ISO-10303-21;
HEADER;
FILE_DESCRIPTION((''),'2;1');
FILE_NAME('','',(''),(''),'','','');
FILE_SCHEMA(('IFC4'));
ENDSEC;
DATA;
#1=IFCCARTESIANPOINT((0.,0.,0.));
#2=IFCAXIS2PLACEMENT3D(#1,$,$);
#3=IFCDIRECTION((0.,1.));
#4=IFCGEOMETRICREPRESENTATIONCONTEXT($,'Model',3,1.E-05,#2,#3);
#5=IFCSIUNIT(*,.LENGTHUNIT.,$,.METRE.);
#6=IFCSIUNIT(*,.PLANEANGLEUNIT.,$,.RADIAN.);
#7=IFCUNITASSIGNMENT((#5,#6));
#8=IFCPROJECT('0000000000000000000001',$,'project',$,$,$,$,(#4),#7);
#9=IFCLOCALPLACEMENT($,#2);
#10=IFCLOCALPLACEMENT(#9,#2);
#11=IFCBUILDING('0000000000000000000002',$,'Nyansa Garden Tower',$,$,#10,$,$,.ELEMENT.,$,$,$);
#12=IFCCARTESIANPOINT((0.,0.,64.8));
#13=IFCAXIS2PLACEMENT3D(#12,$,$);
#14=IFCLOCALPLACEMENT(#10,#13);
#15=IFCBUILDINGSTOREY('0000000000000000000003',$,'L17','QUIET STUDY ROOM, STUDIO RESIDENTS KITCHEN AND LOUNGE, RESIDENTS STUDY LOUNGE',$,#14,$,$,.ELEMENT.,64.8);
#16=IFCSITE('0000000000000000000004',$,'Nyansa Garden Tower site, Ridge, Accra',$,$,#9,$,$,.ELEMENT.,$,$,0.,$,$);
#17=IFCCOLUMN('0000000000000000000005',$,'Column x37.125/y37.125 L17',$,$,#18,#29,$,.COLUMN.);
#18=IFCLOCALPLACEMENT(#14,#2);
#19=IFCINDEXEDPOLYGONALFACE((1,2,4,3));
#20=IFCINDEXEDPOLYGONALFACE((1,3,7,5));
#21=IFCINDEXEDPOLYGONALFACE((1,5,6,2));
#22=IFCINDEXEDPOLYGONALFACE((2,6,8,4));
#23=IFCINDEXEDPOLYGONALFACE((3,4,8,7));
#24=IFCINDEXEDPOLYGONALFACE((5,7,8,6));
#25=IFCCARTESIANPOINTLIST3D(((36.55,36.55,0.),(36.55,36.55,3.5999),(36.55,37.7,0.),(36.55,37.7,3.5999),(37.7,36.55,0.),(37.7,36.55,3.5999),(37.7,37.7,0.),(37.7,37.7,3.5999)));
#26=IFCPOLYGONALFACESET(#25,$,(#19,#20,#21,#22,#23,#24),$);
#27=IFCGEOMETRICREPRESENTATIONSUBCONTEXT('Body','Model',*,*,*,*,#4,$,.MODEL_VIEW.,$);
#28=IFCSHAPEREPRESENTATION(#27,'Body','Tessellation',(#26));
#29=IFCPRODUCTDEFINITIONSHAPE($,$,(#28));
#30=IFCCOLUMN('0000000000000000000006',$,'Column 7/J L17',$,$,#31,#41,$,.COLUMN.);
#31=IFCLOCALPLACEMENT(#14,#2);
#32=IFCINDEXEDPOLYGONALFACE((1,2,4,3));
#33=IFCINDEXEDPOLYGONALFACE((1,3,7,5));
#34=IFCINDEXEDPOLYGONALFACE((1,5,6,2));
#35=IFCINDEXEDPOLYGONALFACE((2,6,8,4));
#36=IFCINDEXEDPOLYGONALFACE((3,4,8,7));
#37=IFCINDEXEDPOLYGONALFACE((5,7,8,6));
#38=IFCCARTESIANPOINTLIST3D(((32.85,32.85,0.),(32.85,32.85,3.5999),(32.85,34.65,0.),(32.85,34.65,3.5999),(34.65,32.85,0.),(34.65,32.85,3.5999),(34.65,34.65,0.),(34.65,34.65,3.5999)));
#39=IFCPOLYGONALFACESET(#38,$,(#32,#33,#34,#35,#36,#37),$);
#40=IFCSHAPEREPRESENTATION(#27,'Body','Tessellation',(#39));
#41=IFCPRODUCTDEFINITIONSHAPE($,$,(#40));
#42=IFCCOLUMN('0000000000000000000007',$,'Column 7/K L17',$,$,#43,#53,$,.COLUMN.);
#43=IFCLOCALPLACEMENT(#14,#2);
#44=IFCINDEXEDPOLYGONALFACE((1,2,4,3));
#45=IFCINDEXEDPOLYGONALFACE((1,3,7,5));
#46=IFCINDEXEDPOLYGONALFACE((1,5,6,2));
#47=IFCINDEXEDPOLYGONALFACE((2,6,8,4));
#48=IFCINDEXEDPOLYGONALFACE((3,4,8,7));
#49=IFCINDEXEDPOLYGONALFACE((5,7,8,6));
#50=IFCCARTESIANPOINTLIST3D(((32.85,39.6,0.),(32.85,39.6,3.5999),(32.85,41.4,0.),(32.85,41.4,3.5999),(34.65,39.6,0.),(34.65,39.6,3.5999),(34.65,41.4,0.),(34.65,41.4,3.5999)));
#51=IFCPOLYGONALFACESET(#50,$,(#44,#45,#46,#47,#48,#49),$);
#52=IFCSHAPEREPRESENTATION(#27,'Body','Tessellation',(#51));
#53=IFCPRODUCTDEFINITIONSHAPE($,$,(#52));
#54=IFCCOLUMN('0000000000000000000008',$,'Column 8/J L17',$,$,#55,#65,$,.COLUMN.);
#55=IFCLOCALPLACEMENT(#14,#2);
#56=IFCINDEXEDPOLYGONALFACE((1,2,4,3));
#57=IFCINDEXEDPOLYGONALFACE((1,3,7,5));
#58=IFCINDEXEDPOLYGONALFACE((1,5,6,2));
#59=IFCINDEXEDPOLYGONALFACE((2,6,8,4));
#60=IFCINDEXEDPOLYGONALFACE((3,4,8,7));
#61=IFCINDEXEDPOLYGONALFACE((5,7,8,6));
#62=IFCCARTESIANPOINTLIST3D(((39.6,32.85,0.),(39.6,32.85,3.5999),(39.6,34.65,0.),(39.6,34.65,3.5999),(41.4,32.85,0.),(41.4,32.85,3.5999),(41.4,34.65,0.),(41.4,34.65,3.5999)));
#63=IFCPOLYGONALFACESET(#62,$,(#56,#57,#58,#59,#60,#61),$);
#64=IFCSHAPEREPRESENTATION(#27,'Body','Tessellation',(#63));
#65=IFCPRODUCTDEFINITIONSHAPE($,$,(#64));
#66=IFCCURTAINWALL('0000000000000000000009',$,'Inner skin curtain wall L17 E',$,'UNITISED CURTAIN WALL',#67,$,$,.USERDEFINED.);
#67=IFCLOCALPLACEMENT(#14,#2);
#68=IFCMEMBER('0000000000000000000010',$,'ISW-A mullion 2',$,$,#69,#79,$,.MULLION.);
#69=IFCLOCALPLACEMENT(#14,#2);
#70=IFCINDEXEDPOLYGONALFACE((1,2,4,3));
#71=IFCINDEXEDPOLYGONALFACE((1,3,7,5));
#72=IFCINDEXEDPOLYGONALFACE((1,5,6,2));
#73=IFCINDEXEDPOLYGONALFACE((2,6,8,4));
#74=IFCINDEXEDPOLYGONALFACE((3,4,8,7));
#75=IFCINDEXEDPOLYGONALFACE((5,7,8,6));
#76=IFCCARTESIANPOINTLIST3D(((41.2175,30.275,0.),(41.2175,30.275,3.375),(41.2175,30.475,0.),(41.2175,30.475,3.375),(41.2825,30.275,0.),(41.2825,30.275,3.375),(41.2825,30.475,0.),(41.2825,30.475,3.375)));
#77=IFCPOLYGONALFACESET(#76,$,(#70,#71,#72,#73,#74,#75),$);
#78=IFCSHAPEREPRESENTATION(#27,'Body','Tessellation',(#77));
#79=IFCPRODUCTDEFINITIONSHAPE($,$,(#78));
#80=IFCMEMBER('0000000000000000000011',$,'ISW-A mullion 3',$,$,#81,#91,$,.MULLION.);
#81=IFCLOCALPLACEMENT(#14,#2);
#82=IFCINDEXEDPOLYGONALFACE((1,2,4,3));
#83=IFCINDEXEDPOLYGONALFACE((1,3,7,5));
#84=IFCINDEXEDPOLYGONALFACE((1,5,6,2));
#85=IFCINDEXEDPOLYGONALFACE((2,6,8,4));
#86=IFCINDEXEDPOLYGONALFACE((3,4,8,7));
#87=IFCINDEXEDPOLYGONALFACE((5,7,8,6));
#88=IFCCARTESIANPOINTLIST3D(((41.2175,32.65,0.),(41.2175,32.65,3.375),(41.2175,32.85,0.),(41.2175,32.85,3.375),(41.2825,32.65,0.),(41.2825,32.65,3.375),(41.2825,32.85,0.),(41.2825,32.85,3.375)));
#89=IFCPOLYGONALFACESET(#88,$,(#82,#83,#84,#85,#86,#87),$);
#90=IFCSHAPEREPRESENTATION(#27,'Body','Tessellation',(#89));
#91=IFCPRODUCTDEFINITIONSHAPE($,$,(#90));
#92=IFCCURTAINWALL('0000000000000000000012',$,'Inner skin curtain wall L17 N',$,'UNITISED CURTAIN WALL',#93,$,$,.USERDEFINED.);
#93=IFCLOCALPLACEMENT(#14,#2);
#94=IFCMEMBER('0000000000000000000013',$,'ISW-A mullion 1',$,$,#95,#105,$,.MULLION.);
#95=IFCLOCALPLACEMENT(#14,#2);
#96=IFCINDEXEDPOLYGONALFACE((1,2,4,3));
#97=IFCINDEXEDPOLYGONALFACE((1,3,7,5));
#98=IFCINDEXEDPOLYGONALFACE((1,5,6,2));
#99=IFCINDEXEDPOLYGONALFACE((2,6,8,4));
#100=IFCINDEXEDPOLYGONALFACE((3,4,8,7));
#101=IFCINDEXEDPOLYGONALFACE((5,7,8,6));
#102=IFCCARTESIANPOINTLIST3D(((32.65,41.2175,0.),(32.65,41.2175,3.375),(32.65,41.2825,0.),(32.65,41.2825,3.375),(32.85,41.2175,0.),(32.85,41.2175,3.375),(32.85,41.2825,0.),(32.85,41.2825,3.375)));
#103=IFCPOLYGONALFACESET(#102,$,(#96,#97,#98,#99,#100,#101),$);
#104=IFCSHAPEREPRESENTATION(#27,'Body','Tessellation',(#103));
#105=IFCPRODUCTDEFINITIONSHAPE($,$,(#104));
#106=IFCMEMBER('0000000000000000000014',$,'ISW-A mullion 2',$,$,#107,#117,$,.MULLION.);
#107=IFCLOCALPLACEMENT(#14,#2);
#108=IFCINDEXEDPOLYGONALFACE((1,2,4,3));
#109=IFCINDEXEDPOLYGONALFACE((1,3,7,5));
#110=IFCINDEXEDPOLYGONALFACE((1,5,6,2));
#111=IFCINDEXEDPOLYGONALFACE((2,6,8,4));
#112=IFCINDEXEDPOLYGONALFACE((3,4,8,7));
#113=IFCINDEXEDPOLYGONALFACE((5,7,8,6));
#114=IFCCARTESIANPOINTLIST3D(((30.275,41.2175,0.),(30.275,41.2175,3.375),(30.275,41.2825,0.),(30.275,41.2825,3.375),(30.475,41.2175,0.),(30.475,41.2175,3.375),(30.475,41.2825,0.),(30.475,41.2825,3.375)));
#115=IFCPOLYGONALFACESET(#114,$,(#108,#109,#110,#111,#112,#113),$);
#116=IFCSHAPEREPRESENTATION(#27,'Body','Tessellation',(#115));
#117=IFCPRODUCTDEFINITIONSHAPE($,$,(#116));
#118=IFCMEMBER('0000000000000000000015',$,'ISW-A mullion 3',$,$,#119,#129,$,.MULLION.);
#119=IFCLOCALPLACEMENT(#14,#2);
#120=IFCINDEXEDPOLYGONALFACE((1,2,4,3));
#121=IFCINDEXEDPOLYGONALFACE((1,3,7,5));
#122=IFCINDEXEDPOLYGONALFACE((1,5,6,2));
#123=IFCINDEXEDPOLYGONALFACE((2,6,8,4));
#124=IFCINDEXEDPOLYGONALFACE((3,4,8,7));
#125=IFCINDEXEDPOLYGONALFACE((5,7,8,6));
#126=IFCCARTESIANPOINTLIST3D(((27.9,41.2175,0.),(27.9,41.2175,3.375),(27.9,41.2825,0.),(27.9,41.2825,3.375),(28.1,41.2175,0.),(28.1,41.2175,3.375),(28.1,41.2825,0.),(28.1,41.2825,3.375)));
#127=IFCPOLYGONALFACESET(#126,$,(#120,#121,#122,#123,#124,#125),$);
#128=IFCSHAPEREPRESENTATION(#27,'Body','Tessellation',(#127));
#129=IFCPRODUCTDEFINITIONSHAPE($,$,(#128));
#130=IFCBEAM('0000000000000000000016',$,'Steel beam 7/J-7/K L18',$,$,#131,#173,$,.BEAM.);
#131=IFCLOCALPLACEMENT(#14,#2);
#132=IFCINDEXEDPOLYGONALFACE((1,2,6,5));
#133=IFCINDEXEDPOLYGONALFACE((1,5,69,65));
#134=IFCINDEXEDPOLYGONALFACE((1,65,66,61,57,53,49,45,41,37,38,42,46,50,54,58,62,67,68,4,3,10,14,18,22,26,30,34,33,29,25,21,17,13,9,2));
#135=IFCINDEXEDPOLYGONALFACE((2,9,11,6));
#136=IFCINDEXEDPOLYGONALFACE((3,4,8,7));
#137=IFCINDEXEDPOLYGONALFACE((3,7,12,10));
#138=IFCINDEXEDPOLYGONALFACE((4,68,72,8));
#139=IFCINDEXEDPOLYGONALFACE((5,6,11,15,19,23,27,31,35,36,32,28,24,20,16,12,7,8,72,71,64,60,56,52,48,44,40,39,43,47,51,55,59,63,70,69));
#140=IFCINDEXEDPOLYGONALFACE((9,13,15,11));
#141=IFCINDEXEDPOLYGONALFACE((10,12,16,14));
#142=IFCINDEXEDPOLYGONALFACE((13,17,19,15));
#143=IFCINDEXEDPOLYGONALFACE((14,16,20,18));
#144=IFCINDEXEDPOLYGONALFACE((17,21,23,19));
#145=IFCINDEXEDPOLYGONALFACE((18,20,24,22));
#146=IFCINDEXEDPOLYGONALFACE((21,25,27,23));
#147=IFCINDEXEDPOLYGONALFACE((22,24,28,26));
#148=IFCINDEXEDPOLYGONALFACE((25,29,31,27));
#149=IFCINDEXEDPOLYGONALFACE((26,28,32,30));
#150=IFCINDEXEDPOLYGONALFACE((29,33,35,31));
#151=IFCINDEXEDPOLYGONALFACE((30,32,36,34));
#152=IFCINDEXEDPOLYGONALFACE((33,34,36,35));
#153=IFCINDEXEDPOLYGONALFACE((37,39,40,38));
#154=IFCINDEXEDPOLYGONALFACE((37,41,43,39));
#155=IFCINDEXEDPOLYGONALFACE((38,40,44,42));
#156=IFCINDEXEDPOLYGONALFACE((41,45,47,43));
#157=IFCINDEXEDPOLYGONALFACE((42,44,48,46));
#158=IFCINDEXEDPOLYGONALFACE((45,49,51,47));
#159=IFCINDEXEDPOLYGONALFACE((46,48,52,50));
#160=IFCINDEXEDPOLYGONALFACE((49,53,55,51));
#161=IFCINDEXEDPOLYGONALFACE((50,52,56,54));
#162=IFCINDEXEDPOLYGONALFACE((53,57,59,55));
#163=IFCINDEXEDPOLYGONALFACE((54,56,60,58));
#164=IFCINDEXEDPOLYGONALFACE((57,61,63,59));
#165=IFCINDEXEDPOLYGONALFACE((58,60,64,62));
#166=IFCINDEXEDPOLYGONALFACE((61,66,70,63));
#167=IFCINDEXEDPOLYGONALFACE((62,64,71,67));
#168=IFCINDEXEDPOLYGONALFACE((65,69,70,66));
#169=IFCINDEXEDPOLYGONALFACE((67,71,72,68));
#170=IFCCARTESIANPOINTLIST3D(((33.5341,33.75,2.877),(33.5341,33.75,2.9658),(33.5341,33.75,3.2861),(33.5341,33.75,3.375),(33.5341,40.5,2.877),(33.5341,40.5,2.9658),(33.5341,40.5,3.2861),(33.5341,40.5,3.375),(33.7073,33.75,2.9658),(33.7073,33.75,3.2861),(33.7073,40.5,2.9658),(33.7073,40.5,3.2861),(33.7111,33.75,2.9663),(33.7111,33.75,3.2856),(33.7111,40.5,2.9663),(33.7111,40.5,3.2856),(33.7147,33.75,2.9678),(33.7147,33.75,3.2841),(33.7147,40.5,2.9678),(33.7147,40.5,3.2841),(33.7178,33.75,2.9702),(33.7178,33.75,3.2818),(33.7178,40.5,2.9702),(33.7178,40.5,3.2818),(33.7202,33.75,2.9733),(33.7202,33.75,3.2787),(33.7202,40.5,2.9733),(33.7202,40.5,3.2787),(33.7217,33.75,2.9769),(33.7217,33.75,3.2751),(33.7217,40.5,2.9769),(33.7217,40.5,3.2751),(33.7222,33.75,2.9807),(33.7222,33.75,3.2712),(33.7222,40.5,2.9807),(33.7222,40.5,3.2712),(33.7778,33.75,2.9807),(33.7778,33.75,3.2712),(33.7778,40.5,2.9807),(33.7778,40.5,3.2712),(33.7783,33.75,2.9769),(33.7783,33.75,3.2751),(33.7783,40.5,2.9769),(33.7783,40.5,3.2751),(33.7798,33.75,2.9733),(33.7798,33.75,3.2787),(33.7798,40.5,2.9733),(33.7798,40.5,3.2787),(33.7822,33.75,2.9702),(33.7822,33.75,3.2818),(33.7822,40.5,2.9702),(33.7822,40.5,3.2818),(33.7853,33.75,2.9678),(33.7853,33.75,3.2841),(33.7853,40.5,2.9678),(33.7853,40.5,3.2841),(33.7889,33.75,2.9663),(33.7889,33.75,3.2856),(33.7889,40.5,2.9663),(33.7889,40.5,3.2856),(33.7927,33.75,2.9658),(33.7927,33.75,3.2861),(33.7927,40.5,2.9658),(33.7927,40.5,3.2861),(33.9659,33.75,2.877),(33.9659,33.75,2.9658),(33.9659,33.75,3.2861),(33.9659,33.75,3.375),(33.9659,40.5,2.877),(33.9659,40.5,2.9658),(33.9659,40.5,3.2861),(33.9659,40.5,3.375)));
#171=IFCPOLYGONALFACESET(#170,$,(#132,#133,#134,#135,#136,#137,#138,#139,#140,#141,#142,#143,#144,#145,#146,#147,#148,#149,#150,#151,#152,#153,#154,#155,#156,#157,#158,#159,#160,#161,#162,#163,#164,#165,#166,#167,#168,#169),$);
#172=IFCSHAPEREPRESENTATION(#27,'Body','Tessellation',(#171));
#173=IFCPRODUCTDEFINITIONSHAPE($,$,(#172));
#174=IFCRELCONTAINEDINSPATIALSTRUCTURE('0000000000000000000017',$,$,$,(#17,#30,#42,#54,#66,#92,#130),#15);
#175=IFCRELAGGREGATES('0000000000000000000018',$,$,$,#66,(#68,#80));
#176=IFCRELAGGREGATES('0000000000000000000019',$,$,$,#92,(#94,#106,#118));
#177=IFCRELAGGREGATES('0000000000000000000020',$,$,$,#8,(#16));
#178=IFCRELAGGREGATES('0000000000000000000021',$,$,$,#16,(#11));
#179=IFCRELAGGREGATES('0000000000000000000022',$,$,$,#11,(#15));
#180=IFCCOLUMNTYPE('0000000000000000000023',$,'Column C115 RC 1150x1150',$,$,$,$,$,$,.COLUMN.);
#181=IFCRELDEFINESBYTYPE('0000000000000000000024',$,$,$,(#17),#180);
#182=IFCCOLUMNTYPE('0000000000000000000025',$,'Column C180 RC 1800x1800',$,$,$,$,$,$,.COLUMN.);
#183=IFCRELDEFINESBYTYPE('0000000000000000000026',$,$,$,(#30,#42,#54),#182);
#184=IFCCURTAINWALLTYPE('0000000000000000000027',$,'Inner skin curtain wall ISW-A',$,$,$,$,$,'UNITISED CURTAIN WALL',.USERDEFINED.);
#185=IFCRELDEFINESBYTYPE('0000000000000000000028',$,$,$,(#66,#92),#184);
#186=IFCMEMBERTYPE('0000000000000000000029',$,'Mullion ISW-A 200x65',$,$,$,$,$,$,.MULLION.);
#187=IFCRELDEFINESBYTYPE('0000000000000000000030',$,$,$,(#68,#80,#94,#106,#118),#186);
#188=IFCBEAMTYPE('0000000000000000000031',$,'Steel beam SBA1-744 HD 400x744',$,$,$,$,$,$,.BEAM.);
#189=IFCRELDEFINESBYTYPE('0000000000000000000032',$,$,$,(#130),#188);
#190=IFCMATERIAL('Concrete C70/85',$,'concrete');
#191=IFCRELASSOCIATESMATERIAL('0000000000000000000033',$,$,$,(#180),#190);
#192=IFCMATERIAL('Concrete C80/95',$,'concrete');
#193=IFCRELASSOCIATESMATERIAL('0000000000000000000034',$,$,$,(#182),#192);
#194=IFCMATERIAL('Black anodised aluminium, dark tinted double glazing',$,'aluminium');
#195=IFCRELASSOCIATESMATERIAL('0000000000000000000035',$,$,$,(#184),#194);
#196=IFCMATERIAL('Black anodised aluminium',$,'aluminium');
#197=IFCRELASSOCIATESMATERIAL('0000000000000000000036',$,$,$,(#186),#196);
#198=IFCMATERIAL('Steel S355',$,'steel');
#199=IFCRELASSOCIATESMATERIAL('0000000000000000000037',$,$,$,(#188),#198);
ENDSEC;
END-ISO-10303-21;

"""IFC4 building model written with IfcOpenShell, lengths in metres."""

from ifc_helpers import new_model, si_unit, direction, frame, origin, origin_2d, place, context, subcontext, project, spatial, rectangle, i_section, extrude, material, material_profile, profile_set, type_object, element, aggregate, save


model = new_model("IFC4")

# Units and contexts
model_context = context("Model", 3, precision=1e-05, world=origin(), true_north=direction((0.0, 1.0)))
body_context = subcontext(model_context, "Body", "Model", "MODEL_VIEW")
ifc_project = project(units=[si_unit("LENGTHUNIT", "METRE"), si_unit("PLANEANGLEUNIT", "RADIAN")], contexts=[model_context])

# Site, building, storey
site_placement = place(None, origin())
site = spatial("IfcSite", under=ifc_project, at=site_placement, Name="Nyansa Garden Tower site, Ridge, Accra", CompositionType="ELEMENT", RefElevation=0.0)
building_placement = place(site_placement, origin())
building = spatial("IfcBuilding", under=site, at=building_placement, Name="Nyansa Garden Tower", CompositionType="ELEMENT")
storey_placement = place(building_placement, frame((0.0, 0.0, 64.8)))
storey = spatial("IfcBuildingStorey", under=building, at=storey_placement, Name="L17", Description="QUIET STUDY ROOM, STUDIO RESIDENTS KITCHEN AND LOUNGE, RESIDENTS STUDY LOUNGE", CompositionType="ELEMENT", Elevation=64.8)

# Columns
ifc_material_1 = material(Name="Concrete C70/85", Category="concrete")
ifc_material_profile_1 = material_profile(ifc_material_1, rectangle(XDim=1.1499, YDim=1.1499, at=origin_2d()), Name="RC 1150x1150")
ifc_profile_set_1 = profile_set([ifc_material_profile_1], Name="Concrete C70/85")
column_type_1 = type_object("IfcColumnType", Name="Column C115 RC 1150x1150", PredefinedType="COLUMN", material=ifc_profile_set_1)
column_placement = place(storey_placement, frame((37.125, 37.125, 0.0), z_axis=(0.0, 0.0, 1.0), x_axis=(1.0, 0.0, 0.0)))
element("IfcColumn", 1, at=column_placement, inside=storey, type_object=column_type_1, Name="Column x37.125/y37.125 L17", PredefinedType="COLUMN", context=body_context, shape_type="SweptSolid", body=[
    extrude(rectangle(XDim=1.1499, YDim=1.1499, at=origin_2d()), origin(), (0.0, 0.0, 1.0), 3.5999),
])
ifc_material_2 = material(Name="Concrete C80/95", Category="concrete")
ifc_material_profile_2 = material_profile(ifc_material_2, rectangle(XDim=1.8, YDim=1.8, at=origin_2d()), Name="RC 1800x1800")
ifc_profile_set_2 = profile_set([ifc_material_profile_2], Name="Concrete C80/95")
column_type_2 = type_object("IfcColumnType", Name="Column C180 RC 1800x1800", PredefinedType="COLUMN", material=ifc_profile_set_2)
for number, where, z_axis, x_axis, name in (
    (2, (33.75, 33.75, 0.0), (0.0, 0.0, 1.0), (1.0, 0.0, 0.0), "Column 7/J L17"),
    (3, (33.75, 40.5, 0.0), (0.0, 0.0, 1.0), (1.0, 0.0, 0.0), "Column 7/K L17"),
    (4, (40.5, 33.75, 0.0), (0.0, 0.0, 1.0), (1.0, 0.0, 0.0), "Column 8/J L17"),
):
    element("IfcColumn", number, at=place(storey_placement, frame(where, z_axis=z_axis, x_axis=x_axis)), inside=storey, type_object=column_type_2, Name=name, PredefinedType="COLUMN", context=body_context, shape_type="SweptSolid", body=[
        extrude(rectangle(XDim=1.8, YDim=1.8, at=origin_2d()), origin(), (0.0, 0.0, 1.0), 3.5999),
    ])

# Curtain walls, members
ifc_material_3 = material(Name="Black anodised aluminium, dark tinted double glazing", Category="aluminium")
curtain_wall_type = type_object("IfcCurtainWallType", Name="Inner skin curtain wall ISW-A", ElementType="UNITISED CURTAIN WALL", PredefinedType="USERDEFINED", material=ifc_material_3)
curtain_wall_1_placement = place(storey_placement, origin())
curtain_wall_1 = element("IfcCurtainWall", 5, at=curtain_wall_1_placement, inside=storey, type_object=curtain_wall_type, Name="Inner skin curtain wall L17 E", ObjectType="UNITISED CURTAIN WALL", PredefinedType="USERDEFINED")
ifc_material_4 = material(Name="Black anodised aluminium", Category="aluminium")
ifc_material_profile_3 = material_profile(ifc_material_4, rectangle(XDim=0.0649, YDim=0.2, at=origin_2d()), Name="Mullion 200x65")
ifc_profile_set_3 = profile_set([ifc_material_profile_3], Name="Black anodised aluminium")
member_type_1 = type_object("IfcMemberType", Name="Mullion ISW-A 200x65", PredefinedType="MULLION", material=ifc_profile_set_3)
member_1_placement = place(storey_placement, frame((41.25, 30.375, 0.0), z_axis=(0.0, 0.0, 1.0), x_axis=(-1.0, 0.0, 0.0)))
member_1 = element("IfcMember", 6, at=member_1_placement, type_object=member_type_1, Name="ISW-A mullion 2", PredefinedType="MULLION", context=body_context, shape_type="SweptSolid", body=[
    extrude(rectangle(XDim=0.0649, YDim=0.2, at=origin_2d()), origin(), (0.0, 0.0, 1.0), 3.375),
])
member_2_placement = place(storey_placement, frame((41.25, 32.75, 0.0), z_axis=(0.0, 0.0, 1.0), x_axis=(-1.0, 0.0, 0.0)))
member_2 = element("IfcMember", 7, at=member_2_placement, type_object=member_type_1, Name="ISW-A mullion 3", PredefinedType="MULLION", context=body_context, shape_type="SweptSolid", body=[
    extrude(rectangle(XDim=0.0649, YDim=0.2, at=origin_2d()), origin(), (0.0, 0.0, 1.0), 3.375),
])
curtain_wall_2_placement = place(storey_placement, origin())
curtain_wall_2 = element("IfcCurtainWall", 8, at=curtain_wall_2_placement, inside=storey, type_object=curtain_wall_type, Name="Inner skin curtain wall L17 N", ObjectType="UNITISED CURTAIN WALL", PredefinedType="USERDEFINED")
member_3_placement = place(storey_placement, frame((32.75, 41.25, 0.0), z_axis=(0.0, 0.0, 1.0), x_axis=(0.0, -1.0, 0.0)))
member_3 = element("IfcMember", 9, at=member_3_placement, type_object=member_type_1, Name="ISW-A mullion 1", PredefinedType="MULLION", context=body_context, shape_type="SweptSolid", body=[
    extrude(rectangle(XDim=0.0649, YDim=0.2, at=origin_2d()), origin(), (0.0, 0.0, 1.0), 3.375),
])
member_4_placement = place(storey_placement, frame((30.375, 41.25, 0.0), z_axis=(0.0, 0.0, 1.0), x_axis=(0.0, -1.0, 0.0)))
member_4 = element("IfcMember", 10, at=member_4_placement, type_object=member_type_1, Name="ISW-A mullion 2", PredefinedType="MULLION", context=body_context, shape_type="SweptSolid", body=[
    extrude(rectangle(XDim=0.0649, YDim=0.2, at=origin_2d()), origin(), (0.0, 0.0, 1.0), 3.375),
])
member_5_placement = place(storey_placement, frame((28.0, 41.25, 0.0), z_axis=(0.0, 0.0, 1.0), x_axis=(0.0, -1.0, 0.0)))
member_5 = element("IfcMember", 11, at=member_5_placement, type_object=member_type_1, Name="ISW-A mullion 3", PredefinedType="MULLION", context=body_context, shape_type="SweptSolid", body=[
    extrude(rectangle(XDim=0.0649, YDim=0.2, at=origin_2d()), origin(), (0.0, 0.0, 1.0), 3.375),
])

# Beam
ifc_material_5 = material(Name="Steel S355", Category="steel")
ifc_material_profile_4 = material_profile(ifc_material_5, i_section(OverallWidth=0.4319, OverallDepth=0.498, WebThickness=0.0557, FlangeThickness=0.0889, FilletRadius=0.0149, at=origin_2d()), Name="HD 400x744")
ifc_profile_set_4 = profile_set([ifc_material_profile_4], Name="Steel S355")
beam_type_1 = type_object("IfcBeamType", Name="Steel beam SBA1-744 HD 400x744", PredefinedType="BEAM", material=ifc_profile_set_4)
for number, where, z_axis, x_axis, name in (
    (12, (33.75, 33.75, 3.126), (0.0, 1.0, 0.0), (-1.0, 0.0, 0.0), "Steel beam 7/J-7/K L18"),
):
    element("IfcBeam", number, at=place(storey_placement, frame(where, z_axis=z_axis, x_axis=x_axis)), inside=storey, type_object=beam_type_1, Name=name, PredefinedType="BEAM", context=body_context, shape_type="SweptSolid", body=[
        extrude(i_section(OverallWidth=0.4319, OverallDepth=0.498, WebThickness=0.0557, FlangeThickness=0.0889, FilletRadius=0.0149, at=origin_2d()), origin(), (0.0, 0.0, 1.0), 6.75),
    ])

aggregate(curtain_wall_1, [member_1, member_2])
aggregate(curtain_wall_2, [member_3, member_4, member_5])

save(model, "model.ifc")
